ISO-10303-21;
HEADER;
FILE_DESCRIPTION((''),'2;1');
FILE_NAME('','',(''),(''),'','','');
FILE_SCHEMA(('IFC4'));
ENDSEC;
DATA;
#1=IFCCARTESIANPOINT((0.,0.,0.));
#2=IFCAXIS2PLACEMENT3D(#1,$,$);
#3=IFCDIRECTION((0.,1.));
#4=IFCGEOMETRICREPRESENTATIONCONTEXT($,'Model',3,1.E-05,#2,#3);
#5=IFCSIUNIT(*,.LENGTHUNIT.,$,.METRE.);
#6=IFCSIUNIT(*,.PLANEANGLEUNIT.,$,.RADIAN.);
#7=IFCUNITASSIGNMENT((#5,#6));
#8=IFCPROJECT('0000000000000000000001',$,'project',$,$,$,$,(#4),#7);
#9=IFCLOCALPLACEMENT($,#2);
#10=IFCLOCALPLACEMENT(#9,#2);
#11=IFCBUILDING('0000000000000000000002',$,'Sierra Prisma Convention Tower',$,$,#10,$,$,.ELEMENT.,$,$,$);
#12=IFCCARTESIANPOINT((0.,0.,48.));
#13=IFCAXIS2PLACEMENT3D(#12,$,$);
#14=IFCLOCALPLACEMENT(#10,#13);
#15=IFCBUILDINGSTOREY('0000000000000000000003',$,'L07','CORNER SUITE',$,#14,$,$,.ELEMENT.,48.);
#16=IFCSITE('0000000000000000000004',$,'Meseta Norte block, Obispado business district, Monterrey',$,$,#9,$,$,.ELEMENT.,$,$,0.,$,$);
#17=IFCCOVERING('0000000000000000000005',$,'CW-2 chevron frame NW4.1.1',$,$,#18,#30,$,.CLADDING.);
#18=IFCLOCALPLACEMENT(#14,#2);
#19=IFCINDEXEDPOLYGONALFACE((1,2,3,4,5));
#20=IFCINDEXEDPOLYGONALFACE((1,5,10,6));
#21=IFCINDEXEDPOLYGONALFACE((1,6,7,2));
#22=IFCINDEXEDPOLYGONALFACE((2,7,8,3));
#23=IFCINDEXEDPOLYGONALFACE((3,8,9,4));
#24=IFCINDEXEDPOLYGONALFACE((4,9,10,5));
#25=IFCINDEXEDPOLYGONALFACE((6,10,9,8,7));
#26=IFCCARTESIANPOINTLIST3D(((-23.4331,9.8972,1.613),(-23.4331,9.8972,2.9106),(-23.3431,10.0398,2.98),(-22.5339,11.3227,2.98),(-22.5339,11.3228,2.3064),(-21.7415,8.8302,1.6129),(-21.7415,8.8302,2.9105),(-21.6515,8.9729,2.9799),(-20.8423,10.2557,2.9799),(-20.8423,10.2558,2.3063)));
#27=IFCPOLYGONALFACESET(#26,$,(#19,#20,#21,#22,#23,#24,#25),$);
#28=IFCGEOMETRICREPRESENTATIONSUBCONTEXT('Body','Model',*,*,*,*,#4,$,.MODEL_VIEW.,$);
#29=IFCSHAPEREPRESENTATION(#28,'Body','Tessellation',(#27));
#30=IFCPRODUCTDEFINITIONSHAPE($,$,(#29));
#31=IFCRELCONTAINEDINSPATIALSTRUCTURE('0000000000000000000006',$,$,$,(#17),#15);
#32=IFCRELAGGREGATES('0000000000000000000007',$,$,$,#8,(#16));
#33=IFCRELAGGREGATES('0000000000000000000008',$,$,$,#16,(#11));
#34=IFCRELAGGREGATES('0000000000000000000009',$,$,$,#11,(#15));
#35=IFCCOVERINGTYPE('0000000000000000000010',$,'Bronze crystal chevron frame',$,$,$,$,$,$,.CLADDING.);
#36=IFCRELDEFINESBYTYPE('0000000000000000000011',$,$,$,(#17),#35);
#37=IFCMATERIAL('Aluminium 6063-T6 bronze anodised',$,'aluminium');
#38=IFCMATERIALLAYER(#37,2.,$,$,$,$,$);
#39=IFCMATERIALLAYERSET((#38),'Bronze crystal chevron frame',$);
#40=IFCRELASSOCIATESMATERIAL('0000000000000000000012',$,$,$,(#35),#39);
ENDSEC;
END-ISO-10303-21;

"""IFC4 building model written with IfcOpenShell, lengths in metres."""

from ifc_helpers import new_model, si_unit, direction, frame, origin, place, context, subcontext, project, spatial, polyline, outline, extrude, material, layer, layer_set, type_object, element, save


model = new_model("IFC4")

# Units and contexts
model_context = context("Model", 3, precision=1e-05, world=origin(), true_north=direction((0.0, 1.0)))
body_context = subcontext(model_context, "Body", "Model", "MODEL_VIEW")
ifc_project = project(units=[si_unit("LENGTHUNIT", "METRE"), si_unit("PLANEANGLEUNIT", "RADIAN")], contexts=[model_context])

# Site, building, storey
site_placement = place(None, origin())
site = spatial("IfcSite", under=ifc_project, at=site_placement, Name="Meseta Norte block, Obispado business district, Monterrey", CompositionType="ELEMENT", RefElevation=0.0)
building_placement = place(site_placement, origin())
building = spatial("IfcBuilding", under=site, at=building_placement, Name="Sierra Prisma Convention Tower", CompositionType="ELEMENT")
storey_placement = place(building_placement, frame((0.0, 0.0, 48.0)))
storey = spatial("IfcBuildingStorey", under=building, at=storey_placement, Name="L07", Description="CORNER SUITE", CompositionType="ELEMENT", Elevation=48.0)

# Covering
ifc_material_1 = material(Name="Aluminium 6063-T6 bronze anodised", Category="aluminium")
ifc_layer_1 = layer(ifc_material_1, 2.0)
ifc_layer_set_1 = layer_set([ifc_layer_1], Name="Bronze crystal chevron frame")
covering_type = type_object("IfcCoveringType", Name="Bronze crystal chevron frame", PredefinedType="CLADDING", material=ifc_layer_set_1)
covering_placement = place(storey_placement, frame((-22.5339, 11.3228, 2.3064), z_axis=(-0.845803, 0.533495, 0.000065), x_axis=(-0.493398, -0.782187, -0.38045)))
element("IfcCovering", 1, at=covering_placement, inside=storey, type_object=covering_type, Name="CW-2 chevron frame NW4.1.1", PredefinedType="CLADDING", context=body_context, shape_type="SweptSolid", body=[
    extrude(outline(polyline([(0.0, 0.0), (1.8225, 0.0), (1.3288, 1.2), (1.1464, 1.2), (-0.2563, 0.6229), (0.0, 0.0)])), origin(), (0.0, 0.0, -1.0), 2.0),
])

save(model, "model.ifc")
